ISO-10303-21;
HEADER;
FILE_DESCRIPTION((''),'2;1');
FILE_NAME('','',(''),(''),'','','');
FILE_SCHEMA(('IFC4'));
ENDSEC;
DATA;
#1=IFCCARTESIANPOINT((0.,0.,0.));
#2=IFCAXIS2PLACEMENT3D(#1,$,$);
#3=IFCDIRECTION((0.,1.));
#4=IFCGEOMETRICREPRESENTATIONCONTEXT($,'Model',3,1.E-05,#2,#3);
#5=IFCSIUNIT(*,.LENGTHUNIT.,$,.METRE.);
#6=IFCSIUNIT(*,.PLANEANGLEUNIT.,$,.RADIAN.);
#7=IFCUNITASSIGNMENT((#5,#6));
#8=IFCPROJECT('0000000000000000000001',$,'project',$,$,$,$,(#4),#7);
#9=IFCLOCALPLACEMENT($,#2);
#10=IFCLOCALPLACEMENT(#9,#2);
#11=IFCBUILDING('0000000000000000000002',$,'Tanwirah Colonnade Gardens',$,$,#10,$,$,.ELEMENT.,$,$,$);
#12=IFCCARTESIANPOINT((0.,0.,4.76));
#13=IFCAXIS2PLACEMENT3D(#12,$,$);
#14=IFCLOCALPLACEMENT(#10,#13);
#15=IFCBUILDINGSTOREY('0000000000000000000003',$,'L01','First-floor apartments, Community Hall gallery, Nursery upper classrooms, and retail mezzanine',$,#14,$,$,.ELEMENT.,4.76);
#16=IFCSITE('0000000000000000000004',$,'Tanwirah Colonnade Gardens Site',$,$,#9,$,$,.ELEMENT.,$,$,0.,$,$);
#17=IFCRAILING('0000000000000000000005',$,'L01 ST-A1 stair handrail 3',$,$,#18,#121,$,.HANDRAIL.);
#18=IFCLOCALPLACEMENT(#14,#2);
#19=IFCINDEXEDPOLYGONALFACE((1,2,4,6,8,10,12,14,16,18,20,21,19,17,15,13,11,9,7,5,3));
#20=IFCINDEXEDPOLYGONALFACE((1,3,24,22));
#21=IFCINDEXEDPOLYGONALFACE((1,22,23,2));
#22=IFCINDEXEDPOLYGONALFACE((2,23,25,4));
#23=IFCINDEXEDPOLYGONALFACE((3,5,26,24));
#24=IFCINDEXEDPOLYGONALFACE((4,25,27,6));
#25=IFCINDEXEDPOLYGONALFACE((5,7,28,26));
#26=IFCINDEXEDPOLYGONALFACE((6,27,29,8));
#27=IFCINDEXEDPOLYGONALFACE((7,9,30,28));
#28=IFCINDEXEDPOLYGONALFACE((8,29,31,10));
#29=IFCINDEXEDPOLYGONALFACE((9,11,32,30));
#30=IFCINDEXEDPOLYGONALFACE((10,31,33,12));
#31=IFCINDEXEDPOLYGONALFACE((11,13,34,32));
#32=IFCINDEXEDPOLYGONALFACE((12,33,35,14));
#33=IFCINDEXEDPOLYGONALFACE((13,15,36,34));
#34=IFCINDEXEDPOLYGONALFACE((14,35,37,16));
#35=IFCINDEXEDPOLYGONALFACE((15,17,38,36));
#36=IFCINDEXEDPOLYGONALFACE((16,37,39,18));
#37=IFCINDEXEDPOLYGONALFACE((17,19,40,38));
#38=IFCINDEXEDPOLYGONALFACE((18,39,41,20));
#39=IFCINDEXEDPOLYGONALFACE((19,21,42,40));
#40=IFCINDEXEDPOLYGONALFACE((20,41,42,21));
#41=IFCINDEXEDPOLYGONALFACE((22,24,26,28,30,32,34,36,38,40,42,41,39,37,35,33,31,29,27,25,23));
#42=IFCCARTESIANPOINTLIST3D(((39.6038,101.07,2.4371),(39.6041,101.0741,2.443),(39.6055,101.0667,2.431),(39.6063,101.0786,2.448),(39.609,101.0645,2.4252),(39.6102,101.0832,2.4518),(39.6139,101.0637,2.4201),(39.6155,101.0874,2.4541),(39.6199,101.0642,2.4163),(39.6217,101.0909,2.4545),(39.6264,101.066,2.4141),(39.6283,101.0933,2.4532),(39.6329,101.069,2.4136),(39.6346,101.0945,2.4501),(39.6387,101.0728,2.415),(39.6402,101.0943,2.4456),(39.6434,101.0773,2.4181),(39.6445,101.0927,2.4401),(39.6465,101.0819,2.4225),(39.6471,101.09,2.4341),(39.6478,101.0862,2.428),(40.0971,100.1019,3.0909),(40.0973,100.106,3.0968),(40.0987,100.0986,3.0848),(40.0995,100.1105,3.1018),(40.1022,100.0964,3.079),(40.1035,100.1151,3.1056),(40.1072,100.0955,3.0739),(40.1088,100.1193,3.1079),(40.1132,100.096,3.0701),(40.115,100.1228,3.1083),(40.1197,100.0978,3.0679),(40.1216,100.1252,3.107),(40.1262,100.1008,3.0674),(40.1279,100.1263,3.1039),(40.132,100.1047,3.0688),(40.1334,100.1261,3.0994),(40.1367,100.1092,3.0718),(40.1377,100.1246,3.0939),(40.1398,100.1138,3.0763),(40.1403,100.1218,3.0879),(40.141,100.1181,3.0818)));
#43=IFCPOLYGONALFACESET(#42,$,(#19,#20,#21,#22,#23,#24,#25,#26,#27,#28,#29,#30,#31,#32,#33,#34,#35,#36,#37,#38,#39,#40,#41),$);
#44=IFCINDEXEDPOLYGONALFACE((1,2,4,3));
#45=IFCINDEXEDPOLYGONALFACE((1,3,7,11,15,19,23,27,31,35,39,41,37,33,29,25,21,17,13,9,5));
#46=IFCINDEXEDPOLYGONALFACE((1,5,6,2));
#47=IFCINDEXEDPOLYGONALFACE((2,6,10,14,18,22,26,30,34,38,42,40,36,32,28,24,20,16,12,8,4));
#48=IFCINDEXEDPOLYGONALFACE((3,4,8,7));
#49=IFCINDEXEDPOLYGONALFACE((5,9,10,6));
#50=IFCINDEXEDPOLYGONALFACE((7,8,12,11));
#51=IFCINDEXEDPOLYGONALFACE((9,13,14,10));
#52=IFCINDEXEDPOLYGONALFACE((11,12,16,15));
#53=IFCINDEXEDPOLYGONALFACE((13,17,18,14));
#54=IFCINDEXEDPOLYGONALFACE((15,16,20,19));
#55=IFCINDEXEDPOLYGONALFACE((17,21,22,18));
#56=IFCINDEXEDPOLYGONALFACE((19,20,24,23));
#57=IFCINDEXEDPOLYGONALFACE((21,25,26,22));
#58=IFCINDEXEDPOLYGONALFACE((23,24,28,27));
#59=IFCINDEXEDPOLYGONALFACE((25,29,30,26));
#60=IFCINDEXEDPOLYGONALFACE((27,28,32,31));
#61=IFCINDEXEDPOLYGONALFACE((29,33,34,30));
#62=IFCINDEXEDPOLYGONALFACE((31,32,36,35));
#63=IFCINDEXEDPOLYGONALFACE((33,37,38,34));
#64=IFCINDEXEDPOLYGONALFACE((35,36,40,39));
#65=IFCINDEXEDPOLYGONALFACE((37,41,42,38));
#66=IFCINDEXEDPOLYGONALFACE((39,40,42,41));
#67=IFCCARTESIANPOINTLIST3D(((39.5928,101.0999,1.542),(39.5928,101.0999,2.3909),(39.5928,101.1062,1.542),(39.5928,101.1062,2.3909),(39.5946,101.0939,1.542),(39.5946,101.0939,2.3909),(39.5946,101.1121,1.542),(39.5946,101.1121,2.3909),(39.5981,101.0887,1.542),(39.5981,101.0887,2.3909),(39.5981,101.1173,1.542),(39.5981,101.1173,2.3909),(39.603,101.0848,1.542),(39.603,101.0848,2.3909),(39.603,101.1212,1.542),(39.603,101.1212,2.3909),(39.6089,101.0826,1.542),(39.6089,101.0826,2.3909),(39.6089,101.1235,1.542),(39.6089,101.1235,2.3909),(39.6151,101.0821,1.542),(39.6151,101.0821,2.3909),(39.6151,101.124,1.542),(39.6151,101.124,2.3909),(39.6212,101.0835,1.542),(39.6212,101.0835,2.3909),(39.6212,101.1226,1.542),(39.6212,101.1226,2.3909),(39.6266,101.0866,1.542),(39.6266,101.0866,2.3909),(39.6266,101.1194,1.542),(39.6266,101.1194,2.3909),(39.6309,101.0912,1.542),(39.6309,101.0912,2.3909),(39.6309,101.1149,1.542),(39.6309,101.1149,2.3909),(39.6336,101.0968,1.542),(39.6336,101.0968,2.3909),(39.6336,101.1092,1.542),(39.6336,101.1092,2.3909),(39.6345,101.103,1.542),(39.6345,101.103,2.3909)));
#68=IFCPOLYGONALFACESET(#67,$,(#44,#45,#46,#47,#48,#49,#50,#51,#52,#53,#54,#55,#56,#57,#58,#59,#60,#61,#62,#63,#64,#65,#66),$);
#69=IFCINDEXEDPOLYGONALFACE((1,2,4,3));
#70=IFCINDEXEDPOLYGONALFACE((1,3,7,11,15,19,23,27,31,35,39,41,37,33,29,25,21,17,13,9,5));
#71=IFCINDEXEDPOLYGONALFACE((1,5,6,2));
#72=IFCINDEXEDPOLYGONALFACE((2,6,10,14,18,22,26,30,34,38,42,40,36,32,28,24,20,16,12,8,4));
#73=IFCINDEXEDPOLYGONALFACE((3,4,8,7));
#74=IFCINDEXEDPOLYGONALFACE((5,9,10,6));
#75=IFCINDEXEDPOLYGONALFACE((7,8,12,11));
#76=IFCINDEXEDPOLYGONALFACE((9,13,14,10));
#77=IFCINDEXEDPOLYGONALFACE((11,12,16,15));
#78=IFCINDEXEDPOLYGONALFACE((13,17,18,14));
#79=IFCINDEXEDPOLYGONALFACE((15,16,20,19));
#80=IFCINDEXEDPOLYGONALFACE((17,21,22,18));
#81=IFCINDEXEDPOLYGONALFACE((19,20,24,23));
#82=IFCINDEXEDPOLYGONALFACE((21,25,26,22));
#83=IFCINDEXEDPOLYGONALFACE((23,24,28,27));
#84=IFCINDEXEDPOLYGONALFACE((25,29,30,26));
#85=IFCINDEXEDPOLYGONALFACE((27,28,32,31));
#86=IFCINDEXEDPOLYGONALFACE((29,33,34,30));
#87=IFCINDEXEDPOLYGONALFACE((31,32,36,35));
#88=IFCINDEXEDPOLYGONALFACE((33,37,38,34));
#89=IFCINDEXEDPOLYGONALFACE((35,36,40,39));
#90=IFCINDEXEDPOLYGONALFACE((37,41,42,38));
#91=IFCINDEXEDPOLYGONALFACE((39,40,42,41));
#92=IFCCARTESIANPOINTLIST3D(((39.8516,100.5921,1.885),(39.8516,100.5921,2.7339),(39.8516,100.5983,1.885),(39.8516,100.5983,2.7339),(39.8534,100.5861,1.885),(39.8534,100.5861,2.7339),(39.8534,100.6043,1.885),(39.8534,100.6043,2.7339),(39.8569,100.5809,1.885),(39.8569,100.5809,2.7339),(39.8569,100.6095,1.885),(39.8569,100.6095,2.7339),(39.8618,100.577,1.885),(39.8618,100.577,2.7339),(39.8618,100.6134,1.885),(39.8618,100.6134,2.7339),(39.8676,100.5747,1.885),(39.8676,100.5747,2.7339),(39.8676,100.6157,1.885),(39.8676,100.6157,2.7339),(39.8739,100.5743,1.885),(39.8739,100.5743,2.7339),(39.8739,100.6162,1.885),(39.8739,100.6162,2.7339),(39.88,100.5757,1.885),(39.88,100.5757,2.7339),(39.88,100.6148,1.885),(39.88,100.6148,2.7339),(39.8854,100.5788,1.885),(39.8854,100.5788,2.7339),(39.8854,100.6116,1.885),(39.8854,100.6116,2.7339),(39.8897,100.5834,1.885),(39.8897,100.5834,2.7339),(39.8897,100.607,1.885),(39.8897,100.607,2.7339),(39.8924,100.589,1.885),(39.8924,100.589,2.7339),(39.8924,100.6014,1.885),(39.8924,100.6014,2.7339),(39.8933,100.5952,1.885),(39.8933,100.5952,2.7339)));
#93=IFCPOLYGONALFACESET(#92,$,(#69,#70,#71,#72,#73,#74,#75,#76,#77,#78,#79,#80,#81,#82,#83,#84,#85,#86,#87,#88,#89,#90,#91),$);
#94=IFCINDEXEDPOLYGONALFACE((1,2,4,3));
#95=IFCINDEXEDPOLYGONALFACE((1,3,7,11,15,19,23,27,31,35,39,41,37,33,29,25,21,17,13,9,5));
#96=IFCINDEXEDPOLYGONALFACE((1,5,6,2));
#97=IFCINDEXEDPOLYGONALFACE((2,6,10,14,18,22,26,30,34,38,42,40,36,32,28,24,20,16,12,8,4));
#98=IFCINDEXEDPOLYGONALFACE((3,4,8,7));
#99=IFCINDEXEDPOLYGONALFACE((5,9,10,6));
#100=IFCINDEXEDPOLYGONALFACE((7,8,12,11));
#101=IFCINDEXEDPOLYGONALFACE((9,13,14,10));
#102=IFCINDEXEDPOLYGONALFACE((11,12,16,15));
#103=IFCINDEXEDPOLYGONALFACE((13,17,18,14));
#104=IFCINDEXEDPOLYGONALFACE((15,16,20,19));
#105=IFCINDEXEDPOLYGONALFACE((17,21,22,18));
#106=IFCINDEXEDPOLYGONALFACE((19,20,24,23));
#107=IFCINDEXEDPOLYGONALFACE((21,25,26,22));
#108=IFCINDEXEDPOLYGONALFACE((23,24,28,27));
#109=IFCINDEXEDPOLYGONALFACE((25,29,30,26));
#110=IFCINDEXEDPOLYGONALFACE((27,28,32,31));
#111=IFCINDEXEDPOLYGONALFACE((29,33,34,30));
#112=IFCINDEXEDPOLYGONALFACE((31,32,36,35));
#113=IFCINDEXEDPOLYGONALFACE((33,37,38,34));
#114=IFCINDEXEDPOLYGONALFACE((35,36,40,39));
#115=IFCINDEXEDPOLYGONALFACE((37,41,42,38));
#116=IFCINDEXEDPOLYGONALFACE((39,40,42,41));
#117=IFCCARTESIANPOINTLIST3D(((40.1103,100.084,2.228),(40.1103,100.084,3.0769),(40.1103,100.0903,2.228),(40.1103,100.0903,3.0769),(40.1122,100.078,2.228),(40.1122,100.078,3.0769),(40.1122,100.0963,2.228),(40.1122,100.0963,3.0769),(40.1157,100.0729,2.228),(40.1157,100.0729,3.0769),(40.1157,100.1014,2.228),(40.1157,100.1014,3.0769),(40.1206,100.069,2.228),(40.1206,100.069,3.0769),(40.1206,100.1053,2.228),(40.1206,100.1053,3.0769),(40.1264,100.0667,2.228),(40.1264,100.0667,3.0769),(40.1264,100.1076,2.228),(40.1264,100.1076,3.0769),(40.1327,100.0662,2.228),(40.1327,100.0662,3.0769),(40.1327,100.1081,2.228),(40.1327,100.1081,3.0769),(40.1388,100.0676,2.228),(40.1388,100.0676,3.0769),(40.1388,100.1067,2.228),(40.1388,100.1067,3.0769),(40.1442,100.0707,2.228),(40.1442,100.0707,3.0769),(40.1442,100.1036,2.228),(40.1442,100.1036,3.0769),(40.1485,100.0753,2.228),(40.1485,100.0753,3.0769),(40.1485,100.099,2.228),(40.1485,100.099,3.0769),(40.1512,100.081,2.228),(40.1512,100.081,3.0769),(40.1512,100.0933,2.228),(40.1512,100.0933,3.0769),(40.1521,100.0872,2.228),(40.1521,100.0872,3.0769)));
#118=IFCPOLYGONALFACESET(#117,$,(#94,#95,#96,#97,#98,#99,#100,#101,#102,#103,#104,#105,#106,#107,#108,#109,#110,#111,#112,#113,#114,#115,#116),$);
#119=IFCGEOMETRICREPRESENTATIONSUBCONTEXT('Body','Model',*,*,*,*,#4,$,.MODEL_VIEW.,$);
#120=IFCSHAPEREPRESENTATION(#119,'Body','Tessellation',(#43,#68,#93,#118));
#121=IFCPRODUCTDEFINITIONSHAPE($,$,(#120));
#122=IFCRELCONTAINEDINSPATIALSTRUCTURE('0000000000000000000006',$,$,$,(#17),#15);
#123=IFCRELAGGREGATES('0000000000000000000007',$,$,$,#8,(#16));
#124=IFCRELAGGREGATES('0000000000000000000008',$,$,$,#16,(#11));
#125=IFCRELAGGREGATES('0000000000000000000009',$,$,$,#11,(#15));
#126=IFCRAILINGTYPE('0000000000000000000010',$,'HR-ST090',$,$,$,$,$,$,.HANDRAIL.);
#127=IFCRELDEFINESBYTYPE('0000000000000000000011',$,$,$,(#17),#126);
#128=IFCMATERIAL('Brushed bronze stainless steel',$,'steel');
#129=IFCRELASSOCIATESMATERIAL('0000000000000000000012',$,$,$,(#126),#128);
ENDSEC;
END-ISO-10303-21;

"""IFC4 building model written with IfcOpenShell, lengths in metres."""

from ifc_helpers import new_model, si_unit, direction, frame, origin, origin_2d, place, context, subcontext, project, spatial, circle, extrude, material, type_object, element, save


model = new_model("IFC4")

# Units and contexts
model_context = context("Model", 3, precision=1e-05, world=origin(), true_north=direction((0.0, 1.0)))
body_context = subcontext(model_context, "Body", "Model", "MODEL_VIEW")
ifc_project = project(units=[si_unit("LENGTHUNIT", "METRE"), si_unit("PLANEANGLEUNIT", "RADIAN")], contexts=[model_context])

# Site, building, storey
site_placement = place(None, origin())
site = spatial("IfcSite", under=ifc_project, at=site_placement, Name="Tanwirah Colonnade Gardens Site", CompositionType="ELEMENT", RefElevation=0.0)
building_placement = place(site_placement, origin())
building = spatial("IfcBuilding", under=site, at=building_placement, Name="Tanwirah Colonnade Gardens", CompositionType="ELEMENT")
storey_placement = place(building_placement, frame((0.0, 0.0, 4.76)))
storey = spatial("IfcBuildingStorey", under=building, at=storey_placement, Name="L01", Description="First-floor apartments, Community Hall gallery, Nursery upper classrooms, and retail mezzanine", CompositionType="ELEMENT", Elevation=4.76)

# Railing
ifc_material_1 = material(Name="Brushed bronze stainless steel", Category="steel")
railing_type_1 = type_object("IfcRailingType", Name="HR-ST090", PredefinedType="HANDRAIL", material=ifc_material_1)
railing_1_placement = place(storey_placement, frame((39.6135, 101.103, 1.542)))
element("IfcRailing", 1, at=railing_1_placement, inside=storey, type_object=railing_type_1, Name="L01 ST-A1 stair handrail 3", PredefinedType="HANDRAIL", context=body_context, shape_type="SweptSolid", body=[
    extrude(circle(Radius=0.0239, at=origin_2d()), frame((0.0122, -0.0239, 0.8921), z_axis=(0.388978, -0.763462, 0.51558), x_axis=(0.891018, 0.453967, 0.0)), (0.0, 0.0, 1.0), 1.2681),
    extrude(circle(Radius=0.021, at=origin_2d()), origin(), (0.0, 0.0, 1.0), 0.8489),
    extrude(circle(Radius=0.021, at=origin_2d()), frame((0.2588, -0.5078, 0.343)), (0.0, 0.0, 1.0), 0.8489),
    extrude(circle(Radius=0.021, at=origin_2d()), frame((0.5176, -1.0159, 0.686)), (0.0, 0.0, 1.0), 0.8489),
])

save(model, "model.ifc")
